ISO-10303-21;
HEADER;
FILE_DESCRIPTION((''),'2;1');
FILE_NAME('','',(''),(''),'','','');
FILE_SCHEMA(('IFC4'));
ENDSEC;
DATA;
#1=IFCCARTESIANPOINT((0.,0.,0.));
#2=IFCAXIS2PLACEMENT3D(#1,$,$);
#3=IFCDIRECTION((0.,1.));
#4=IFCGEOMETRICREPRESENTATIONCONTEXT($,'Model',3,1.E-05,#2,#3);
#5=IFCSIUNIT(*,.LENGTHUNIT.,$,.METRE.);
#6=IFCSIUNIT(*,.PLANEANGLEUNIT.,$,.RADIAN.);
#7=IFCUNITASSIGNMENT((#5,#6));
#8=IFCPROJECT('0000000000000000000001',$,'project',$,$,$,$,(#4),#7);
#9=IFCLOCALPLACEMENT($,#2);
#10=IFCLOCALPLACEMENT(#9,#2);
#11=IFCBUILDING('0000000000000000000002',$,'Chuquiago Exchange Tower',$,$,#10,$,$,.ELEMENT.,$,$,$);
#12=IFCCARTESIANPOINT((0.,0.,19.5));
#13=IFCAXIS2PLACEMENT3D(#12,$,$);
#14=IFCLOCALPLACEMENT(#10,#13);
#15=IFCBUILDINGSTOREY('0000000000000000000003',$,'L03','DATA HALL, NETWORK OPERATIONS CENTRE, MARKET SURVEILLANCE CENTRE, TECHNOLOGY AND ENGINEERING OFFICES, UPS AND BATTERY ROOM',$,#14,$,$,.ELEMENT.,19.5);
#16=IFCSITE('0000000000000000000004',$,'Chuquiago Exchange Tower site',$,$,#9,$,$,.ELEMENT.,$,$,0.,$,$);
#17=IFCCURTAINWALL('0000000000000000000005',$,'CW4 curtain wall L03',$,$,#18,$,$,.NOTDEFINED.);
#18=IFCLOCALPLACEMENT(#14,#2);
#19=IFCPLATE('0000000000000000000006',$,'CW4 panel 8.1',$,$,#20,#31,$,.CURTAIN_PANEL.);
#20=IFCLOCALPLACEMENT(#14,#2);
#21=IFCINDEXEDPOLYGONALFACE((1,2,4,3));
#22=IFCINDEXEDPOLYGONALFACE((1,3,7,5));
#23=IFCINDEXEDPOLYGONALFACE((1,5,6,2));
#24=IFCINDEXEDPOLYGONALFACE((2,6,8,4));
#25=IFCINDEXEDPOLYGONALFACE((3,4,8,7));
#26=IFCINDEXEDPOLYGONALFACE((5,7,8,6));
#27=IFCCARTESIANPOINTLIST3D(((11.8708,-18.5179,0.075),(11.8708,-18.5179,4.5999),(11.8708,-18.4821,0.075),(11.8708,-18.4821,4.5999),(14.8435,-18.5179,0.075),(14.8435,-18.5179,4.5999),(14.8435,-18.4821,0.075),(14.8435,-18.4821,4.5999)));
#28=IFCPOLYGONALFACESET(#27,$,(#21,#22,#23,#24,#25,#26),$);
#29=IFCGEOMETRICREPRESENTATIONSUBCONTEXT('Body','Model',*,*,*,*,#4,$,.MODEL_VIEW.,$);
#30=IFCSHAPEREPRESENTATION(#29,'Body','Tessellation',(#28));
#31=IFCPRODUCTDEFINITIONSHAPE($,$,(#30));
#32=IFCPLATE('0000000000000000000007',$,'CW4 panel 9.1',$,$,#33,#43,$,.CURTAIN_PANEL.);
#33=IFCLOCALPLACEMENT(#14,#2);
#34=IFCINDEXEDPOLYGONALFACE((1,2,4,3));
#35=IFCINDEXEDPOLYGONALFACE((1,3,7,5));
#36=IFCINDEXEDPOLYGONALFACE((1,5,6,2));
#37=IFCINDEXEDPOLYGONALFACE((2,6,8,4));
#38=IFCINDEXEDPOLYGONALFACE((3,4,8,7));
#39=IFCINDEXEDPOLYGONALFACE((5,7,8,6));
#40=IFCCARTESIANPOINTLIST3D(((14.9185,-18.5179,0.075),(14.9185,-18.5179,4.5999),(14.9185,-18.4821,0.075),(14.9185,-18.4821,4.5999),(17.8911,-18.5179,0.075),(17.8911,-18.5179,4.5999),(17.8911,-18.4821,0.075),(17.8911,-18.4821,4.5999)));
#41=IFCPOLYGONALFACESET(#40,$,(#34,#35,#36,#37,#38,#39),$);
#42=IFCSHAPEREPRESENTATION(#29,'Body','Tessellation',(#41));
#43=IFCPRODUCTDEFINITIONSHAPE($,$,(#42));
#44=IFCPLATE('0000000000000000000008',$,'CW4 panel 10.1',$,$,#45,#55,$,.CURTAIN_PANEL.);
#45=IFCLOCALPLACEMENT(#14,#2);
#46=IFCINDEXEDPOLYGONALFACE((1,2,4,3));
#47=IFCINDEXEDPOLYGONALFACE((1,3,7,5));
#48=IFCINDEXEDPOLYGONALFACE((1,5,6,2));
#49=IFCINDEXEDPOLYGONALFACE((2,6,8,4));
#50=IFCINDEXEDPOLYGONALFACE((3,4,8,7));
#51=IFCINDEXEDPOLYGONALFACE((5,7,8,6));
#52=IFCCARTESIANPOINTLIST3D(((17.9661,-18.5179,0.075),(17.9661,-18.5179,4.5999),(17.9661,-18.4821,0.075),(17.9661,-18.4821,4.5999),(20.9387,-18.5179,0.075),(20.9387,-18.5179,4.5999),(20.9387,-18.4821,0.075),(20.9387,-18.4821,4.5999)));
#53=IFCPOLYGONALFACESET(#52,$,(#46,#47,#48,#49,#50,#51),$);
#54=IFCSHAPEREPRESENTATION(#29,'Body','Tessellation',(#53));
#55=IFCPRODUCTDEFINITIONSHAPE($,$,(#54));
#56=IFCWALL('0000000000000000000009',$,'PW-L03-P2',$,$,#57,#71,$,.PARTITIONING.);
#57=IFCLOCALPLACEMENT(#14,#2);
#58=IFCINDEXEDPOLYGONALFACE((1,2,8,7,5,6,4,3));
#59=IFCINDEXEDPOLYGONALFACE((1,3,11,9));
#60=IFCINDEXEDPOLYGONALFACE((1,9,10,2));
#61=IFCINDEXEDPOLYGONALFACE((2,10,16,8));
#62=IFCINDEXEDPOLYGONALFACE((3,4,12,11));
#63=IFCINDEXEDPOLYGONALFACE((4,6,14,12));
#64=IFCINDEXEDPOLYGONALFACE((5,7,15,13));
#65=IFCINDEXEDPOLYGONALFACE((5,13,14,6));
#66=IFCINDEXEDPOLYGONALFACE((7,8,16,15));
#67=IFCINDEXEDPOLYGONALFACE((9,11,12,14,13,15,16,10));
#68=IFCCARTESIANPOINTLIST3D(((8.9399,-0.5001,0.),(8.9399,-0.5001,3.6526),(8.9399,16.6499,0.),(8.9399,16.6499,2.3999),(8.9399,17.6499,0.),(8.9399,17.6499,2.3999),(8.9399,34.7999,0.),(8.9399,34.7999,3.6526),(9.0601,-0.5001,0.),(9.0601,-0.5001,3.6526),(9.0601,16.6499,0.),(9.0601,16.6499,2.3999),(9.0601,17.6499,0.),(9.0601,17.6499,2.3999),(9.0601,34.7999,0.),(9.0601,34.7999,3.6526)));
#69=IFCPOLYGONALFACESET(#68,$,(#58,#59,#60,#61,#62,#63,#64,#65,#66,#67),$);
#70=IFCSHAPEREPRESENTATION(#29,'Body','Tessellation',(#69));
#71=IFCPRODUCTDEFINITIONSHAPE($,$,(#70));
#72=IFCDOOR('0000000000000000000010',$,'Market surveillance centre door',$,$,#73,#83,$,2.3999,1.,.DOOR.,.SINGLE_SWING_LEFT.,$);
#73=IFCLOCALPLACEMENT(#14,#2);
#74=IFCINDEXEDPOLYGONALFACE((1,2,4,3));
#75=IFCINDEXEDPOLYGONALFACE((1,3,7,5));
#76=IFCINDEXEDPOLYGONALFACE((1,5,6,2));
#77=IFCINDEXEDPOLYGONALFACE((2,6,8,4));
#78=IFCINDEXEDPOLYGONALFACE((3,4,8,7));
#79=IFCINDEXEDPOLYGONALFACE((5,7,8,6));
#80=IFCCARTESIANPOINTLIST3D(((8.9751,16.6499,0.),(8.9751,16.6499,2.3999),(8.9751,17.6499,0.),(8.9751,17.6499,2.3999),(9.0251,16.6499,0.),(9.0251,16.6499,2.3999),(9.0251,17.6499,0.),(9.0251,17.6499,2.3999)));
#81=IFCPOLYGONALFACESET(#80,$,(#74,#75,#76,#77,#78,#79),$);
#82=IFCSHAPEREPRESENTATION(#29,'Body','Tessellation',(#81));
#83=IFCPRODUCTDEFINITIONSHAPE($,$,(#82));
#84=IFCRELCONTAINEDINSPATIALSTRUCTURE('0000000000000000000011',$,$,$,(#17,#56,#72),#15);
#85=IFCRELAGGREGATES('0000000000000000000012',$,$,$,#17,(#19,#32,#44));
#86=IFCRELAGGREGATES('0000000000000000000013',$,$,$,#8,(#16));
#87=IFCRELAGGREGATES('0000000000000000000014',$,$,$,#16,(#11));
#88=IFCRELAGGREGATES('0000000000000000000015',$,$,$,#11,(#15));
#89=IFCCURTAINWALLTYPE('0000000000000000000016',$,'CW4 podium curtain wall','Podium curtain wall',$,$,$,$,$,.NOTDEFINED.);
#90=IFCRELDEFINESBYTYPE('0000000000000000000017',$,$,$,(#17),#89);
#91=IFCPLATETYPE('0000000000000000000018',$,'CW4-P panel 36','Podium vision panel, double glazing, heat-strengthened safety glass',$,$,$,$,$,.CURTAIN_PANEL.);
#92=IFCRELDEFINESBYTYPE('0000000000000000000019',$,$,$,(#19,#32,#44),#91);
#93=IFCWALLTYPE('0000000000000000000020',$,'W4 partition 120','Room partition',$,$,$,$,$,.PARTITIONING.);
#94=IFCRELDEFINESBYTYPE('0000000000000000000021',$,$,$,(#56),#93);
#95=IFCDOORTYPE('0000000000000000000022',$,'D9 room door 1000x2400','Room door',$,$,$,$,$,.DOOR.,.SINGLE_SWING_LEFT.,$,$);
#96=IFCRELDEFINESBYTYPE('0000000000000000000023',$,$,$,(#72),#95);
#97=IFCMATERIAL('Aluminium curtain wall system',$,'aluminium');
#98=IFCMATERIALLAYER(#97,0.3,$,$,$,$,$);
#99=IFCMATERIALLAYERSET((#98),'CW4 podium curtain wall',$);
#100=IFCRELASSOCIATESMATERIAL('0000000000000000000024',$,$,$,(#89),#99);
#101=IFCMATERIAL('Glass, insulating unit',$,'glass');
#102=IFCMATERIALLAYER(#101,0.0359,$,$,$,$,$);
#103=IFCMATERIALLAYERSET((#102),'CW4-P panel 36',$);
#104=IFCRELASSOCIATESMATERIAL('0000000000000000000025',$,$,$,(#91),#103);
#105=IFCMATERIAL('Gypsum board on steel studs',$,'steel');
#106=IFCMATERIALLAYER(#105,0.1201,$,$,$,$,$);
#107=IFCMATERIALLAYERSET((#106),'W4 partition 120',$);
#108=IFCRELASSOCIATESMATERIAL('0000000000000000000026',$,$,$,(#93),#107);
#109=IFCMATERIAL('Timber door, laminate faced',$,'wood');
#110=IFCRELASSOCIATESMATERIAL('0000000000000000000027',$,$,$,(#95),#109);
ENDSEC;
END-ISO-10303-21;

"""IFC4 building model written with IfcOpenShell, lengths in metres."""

from ifc_helpers import new_model, si_unit, direction, frame, frame_2d, origin, origin_2d, place, context, subcontext, project, spatial, rectangle, extrude, material, layer, layer_set, type_object, element, fill, aggregate, save


model = new_model("IFC4")

# Units and contexts
model_context = context("Model", 3, precision=1e-05, world=origin(), true_north=direction((0.0, 1.0)))
body_context = subcontext(model_context, "Body", "Model", "MODEL_VIEW")
ifc_project = project(units=[si_unit("LENGTHUNIT", "METRE"), si_unit("PLANEANGLEUNIT", "RADIAN")], contexts=[model_context])

# Site, building, storey
site_placement = place(None, origin())
site = spatial("IfcSite", under=ifc_project, at=site_placement, Name="Chuquiago Exchange Tower site", CompositionType="ELEMENT", RefElevation=0.0)
building_placement = place(site_placement, origin())
building = spatial("IfcBuilding", under=site, at=building_placement, Name="Chuquiago Exchange Tower", CompositionType="ELEMENT")
storey_placement = place(building_placement, frame((0.0, 0.0, 19.5)))
storey = spatial("IfcBuildingStorey", under=building, at=storey_placement, Name="L03", Description="DATA HALL, NETWORK OPERATIONS CENTRE, MARKET SURVEILLANCE CENTRE, TECHNOLOGY AND ENGINEERING OFFICES, UPS AND BATTERY ROOM", CompositionType="ELEMENT", Elevation=19.5)

# Curtain wall
ifc_material_1 = material(Name="Aluminium curtain wall system", Category="aluminium")
ifc_layer_1 = layer(ifc_material_1, 0.3)
ifc_layer_set_1 = layer_set([ifc_layer_1], Name="CW4 podium curtain wall")
curtain_wall_type = type_object("IfcCurtainWallType", Name="CW4 podium curtain wall", Description="Podium curtain wall", PredefinedType="NOTDEFINED", material=ifc_layer_set_1)
curtain_wall_placement = place(storey_placement, origin())
curtain_wall = element("IfcCurtainWall", 1, at=curtain_wall_placement, inside=storey, type_object=curtain_wall_type, Name="CW4 curtain wall L03", PredefinedType="NOTDEFINED")

# Plates
ifc_material_2 = material(Name="Glass, insulating unit", Category="glass")
ifc_layer_2 = layer(ifc_material_2, 0.0359)
ifc_layer_set_2 = layer_set([ifc_layer_2], Name="CW4-P panel 36")
plate_type = type_object("IfcPlateType", Name="CW4-P panel 36", Description="Podium vision panel, double glazing, heat-strengthened safety glass", PredefinedType="CURTAIN_PANEL", material=ifc_layer_set_2)
plate_1_placement = place(storey_placement, frame((13.3572, -18.5, 0.075), z_axis=(0.0, 0.0, 1.0), x_axis=(1.0, 0.0, 0.0)))
plate_1 = element("IfcPlate", 2, at=plate_1_placement, type_object=plate_type, Name="CW4 panel 8.1", PredefinedType="CURTAIN_PANEL", context=body_context, shape_type="SweptSolid", body=[
    extrude(rectangle(XDim=2.9727, YDim=0.0359, at=origin_2d()), origin(), (0.0, 0.0, 1.0), 4.5249),
])
plate_2_placement = place(storey_placement, frame((16.4048, -18.5, 0.075), z_axis=(0.0, 0.0, 1.0), x_axis=(1.0, 0.0, 0.0)))
plate_2 = element("IfcPlate", 3, at=plate_2_placement, type_object=plate_type, Name="CW4 panel 9.1", PredefinedType="CURTAIN_PANEL", context=body_context, shape_type="SweptSolid", body=[
    extrude(rectangle(XDim=2.9727, YDim=0.0359, at=origin_2d()), origin(), (0.0, 0.0, 1.0), 4.5249),
])
plate_3_placement = place(storey_placement, frame((19.4524, -18.5, 0.075), z_axis=(0.0, 0.0, 1.0), x_axis=(1.0, 0.0, 0.0)))
plate_3 = element("IfcPlate", 4, at=plate_3_placement, type_object=plate_type, Name="CW4 panel 10.1", PredefinedType="CURTAIN_PANEL", context=body_context, shape_type="SweptSolid", body=[
    extrude(rectangle(XDim=2.9727, YDim=0.0359, at=origin_2d()), origin(), (0.0, 0.0, 1.0), 4.5249),
])
aggregate(curtain_wall, [plate_1, plate_2, plate_3])

# Wall, opening, door
ifc_material_3 = material(Name="Gypsum board on steel studs", Category="steel")
ifc_layer_3 = layer(ifc_material_3, 0.1201)
ifc_layer_set_3 = layer_set([ifc_layer_3], Name="W4 partition 120")
wall_type = type_object("IfcWallType", Name="W4 partition 120", Description="Room partition", PredefinedType="PARTITIONING", material=ifc_layer_set_3)
wall_placement = place(storey_placement, frame((9.0, -0.5, 0.0), z_axis=(0.0, 0.0, 1.0), x_axis=(0.0, 1.0, 0.0)))
wall = element("IfcWall", 5, at=wall_placement, inside=storey, type_object=wall_type, Name="PW-L03-P2", PredefinedType="PARTITIONING", context=body_context, shape_type="SweptSolid", body=[
    extrude(rectangle(XDim=35.3, YDim=0.1201, at=frame_2d((17.6499, 0.0))), origin(), (0.0, 0.0, 1.0), 3.6526),
])
opening_placement = place(wall_placement, frame((17.1499, 0.0, 0.0)))
opening = element("IfcOpeningElement", 6, at=opening_placement, cuts=wall, PredefinedType="OPENING", context=body_context, shape_type="SweptSolid", body=[
    extrude(rectangle(XDim=1.0, YDim=2.3999, at=frame_2d((0.5, 1.2))), frame((0.0, 0.0701, 0.0), z_axis=(0.0, -1.0, 0.0), x_axis=(1.0, 0.0, 0.0)), (0.0, 0.0, 1.0), 0.1401),
])
ifc_material_4 = material(Name="Timber door, laminate faced", Category="wood")
door_type = type_object("IfcDoorType", Name="D9 room door 1000x2400", Description="Room door", OperationType="SINGLE_SWING_LEFT", PredefinedType="DOOR", material=ifc_material_4)
door_placement = place(opening_placement, origin())
door = element("IfcDoor", 7, at=door_placement, inside=storey, type_object=door_type, Name="Market surveillance centre door", OperationType="SINGLE_SWING_LEFT", OverallHeight=2.3999, OverallWidth=1.0, PredefinedType="DOOR", context=body_context, shape_type="SweptSolid", body=[
    extrude(rectangle(XDim=1.0, YDim=2.3999, at=frame_2d((0.5, 1.2))), frame((0.0, 0.0249, 0.0), z_axis=(0.0, -1.0, 0.0), x_axis=(1.0, 0.0, 0.0)), (0.0, 0.0, 1.0), 0.05),
])
fill(opening, door)

save(model, "model.ifc")
